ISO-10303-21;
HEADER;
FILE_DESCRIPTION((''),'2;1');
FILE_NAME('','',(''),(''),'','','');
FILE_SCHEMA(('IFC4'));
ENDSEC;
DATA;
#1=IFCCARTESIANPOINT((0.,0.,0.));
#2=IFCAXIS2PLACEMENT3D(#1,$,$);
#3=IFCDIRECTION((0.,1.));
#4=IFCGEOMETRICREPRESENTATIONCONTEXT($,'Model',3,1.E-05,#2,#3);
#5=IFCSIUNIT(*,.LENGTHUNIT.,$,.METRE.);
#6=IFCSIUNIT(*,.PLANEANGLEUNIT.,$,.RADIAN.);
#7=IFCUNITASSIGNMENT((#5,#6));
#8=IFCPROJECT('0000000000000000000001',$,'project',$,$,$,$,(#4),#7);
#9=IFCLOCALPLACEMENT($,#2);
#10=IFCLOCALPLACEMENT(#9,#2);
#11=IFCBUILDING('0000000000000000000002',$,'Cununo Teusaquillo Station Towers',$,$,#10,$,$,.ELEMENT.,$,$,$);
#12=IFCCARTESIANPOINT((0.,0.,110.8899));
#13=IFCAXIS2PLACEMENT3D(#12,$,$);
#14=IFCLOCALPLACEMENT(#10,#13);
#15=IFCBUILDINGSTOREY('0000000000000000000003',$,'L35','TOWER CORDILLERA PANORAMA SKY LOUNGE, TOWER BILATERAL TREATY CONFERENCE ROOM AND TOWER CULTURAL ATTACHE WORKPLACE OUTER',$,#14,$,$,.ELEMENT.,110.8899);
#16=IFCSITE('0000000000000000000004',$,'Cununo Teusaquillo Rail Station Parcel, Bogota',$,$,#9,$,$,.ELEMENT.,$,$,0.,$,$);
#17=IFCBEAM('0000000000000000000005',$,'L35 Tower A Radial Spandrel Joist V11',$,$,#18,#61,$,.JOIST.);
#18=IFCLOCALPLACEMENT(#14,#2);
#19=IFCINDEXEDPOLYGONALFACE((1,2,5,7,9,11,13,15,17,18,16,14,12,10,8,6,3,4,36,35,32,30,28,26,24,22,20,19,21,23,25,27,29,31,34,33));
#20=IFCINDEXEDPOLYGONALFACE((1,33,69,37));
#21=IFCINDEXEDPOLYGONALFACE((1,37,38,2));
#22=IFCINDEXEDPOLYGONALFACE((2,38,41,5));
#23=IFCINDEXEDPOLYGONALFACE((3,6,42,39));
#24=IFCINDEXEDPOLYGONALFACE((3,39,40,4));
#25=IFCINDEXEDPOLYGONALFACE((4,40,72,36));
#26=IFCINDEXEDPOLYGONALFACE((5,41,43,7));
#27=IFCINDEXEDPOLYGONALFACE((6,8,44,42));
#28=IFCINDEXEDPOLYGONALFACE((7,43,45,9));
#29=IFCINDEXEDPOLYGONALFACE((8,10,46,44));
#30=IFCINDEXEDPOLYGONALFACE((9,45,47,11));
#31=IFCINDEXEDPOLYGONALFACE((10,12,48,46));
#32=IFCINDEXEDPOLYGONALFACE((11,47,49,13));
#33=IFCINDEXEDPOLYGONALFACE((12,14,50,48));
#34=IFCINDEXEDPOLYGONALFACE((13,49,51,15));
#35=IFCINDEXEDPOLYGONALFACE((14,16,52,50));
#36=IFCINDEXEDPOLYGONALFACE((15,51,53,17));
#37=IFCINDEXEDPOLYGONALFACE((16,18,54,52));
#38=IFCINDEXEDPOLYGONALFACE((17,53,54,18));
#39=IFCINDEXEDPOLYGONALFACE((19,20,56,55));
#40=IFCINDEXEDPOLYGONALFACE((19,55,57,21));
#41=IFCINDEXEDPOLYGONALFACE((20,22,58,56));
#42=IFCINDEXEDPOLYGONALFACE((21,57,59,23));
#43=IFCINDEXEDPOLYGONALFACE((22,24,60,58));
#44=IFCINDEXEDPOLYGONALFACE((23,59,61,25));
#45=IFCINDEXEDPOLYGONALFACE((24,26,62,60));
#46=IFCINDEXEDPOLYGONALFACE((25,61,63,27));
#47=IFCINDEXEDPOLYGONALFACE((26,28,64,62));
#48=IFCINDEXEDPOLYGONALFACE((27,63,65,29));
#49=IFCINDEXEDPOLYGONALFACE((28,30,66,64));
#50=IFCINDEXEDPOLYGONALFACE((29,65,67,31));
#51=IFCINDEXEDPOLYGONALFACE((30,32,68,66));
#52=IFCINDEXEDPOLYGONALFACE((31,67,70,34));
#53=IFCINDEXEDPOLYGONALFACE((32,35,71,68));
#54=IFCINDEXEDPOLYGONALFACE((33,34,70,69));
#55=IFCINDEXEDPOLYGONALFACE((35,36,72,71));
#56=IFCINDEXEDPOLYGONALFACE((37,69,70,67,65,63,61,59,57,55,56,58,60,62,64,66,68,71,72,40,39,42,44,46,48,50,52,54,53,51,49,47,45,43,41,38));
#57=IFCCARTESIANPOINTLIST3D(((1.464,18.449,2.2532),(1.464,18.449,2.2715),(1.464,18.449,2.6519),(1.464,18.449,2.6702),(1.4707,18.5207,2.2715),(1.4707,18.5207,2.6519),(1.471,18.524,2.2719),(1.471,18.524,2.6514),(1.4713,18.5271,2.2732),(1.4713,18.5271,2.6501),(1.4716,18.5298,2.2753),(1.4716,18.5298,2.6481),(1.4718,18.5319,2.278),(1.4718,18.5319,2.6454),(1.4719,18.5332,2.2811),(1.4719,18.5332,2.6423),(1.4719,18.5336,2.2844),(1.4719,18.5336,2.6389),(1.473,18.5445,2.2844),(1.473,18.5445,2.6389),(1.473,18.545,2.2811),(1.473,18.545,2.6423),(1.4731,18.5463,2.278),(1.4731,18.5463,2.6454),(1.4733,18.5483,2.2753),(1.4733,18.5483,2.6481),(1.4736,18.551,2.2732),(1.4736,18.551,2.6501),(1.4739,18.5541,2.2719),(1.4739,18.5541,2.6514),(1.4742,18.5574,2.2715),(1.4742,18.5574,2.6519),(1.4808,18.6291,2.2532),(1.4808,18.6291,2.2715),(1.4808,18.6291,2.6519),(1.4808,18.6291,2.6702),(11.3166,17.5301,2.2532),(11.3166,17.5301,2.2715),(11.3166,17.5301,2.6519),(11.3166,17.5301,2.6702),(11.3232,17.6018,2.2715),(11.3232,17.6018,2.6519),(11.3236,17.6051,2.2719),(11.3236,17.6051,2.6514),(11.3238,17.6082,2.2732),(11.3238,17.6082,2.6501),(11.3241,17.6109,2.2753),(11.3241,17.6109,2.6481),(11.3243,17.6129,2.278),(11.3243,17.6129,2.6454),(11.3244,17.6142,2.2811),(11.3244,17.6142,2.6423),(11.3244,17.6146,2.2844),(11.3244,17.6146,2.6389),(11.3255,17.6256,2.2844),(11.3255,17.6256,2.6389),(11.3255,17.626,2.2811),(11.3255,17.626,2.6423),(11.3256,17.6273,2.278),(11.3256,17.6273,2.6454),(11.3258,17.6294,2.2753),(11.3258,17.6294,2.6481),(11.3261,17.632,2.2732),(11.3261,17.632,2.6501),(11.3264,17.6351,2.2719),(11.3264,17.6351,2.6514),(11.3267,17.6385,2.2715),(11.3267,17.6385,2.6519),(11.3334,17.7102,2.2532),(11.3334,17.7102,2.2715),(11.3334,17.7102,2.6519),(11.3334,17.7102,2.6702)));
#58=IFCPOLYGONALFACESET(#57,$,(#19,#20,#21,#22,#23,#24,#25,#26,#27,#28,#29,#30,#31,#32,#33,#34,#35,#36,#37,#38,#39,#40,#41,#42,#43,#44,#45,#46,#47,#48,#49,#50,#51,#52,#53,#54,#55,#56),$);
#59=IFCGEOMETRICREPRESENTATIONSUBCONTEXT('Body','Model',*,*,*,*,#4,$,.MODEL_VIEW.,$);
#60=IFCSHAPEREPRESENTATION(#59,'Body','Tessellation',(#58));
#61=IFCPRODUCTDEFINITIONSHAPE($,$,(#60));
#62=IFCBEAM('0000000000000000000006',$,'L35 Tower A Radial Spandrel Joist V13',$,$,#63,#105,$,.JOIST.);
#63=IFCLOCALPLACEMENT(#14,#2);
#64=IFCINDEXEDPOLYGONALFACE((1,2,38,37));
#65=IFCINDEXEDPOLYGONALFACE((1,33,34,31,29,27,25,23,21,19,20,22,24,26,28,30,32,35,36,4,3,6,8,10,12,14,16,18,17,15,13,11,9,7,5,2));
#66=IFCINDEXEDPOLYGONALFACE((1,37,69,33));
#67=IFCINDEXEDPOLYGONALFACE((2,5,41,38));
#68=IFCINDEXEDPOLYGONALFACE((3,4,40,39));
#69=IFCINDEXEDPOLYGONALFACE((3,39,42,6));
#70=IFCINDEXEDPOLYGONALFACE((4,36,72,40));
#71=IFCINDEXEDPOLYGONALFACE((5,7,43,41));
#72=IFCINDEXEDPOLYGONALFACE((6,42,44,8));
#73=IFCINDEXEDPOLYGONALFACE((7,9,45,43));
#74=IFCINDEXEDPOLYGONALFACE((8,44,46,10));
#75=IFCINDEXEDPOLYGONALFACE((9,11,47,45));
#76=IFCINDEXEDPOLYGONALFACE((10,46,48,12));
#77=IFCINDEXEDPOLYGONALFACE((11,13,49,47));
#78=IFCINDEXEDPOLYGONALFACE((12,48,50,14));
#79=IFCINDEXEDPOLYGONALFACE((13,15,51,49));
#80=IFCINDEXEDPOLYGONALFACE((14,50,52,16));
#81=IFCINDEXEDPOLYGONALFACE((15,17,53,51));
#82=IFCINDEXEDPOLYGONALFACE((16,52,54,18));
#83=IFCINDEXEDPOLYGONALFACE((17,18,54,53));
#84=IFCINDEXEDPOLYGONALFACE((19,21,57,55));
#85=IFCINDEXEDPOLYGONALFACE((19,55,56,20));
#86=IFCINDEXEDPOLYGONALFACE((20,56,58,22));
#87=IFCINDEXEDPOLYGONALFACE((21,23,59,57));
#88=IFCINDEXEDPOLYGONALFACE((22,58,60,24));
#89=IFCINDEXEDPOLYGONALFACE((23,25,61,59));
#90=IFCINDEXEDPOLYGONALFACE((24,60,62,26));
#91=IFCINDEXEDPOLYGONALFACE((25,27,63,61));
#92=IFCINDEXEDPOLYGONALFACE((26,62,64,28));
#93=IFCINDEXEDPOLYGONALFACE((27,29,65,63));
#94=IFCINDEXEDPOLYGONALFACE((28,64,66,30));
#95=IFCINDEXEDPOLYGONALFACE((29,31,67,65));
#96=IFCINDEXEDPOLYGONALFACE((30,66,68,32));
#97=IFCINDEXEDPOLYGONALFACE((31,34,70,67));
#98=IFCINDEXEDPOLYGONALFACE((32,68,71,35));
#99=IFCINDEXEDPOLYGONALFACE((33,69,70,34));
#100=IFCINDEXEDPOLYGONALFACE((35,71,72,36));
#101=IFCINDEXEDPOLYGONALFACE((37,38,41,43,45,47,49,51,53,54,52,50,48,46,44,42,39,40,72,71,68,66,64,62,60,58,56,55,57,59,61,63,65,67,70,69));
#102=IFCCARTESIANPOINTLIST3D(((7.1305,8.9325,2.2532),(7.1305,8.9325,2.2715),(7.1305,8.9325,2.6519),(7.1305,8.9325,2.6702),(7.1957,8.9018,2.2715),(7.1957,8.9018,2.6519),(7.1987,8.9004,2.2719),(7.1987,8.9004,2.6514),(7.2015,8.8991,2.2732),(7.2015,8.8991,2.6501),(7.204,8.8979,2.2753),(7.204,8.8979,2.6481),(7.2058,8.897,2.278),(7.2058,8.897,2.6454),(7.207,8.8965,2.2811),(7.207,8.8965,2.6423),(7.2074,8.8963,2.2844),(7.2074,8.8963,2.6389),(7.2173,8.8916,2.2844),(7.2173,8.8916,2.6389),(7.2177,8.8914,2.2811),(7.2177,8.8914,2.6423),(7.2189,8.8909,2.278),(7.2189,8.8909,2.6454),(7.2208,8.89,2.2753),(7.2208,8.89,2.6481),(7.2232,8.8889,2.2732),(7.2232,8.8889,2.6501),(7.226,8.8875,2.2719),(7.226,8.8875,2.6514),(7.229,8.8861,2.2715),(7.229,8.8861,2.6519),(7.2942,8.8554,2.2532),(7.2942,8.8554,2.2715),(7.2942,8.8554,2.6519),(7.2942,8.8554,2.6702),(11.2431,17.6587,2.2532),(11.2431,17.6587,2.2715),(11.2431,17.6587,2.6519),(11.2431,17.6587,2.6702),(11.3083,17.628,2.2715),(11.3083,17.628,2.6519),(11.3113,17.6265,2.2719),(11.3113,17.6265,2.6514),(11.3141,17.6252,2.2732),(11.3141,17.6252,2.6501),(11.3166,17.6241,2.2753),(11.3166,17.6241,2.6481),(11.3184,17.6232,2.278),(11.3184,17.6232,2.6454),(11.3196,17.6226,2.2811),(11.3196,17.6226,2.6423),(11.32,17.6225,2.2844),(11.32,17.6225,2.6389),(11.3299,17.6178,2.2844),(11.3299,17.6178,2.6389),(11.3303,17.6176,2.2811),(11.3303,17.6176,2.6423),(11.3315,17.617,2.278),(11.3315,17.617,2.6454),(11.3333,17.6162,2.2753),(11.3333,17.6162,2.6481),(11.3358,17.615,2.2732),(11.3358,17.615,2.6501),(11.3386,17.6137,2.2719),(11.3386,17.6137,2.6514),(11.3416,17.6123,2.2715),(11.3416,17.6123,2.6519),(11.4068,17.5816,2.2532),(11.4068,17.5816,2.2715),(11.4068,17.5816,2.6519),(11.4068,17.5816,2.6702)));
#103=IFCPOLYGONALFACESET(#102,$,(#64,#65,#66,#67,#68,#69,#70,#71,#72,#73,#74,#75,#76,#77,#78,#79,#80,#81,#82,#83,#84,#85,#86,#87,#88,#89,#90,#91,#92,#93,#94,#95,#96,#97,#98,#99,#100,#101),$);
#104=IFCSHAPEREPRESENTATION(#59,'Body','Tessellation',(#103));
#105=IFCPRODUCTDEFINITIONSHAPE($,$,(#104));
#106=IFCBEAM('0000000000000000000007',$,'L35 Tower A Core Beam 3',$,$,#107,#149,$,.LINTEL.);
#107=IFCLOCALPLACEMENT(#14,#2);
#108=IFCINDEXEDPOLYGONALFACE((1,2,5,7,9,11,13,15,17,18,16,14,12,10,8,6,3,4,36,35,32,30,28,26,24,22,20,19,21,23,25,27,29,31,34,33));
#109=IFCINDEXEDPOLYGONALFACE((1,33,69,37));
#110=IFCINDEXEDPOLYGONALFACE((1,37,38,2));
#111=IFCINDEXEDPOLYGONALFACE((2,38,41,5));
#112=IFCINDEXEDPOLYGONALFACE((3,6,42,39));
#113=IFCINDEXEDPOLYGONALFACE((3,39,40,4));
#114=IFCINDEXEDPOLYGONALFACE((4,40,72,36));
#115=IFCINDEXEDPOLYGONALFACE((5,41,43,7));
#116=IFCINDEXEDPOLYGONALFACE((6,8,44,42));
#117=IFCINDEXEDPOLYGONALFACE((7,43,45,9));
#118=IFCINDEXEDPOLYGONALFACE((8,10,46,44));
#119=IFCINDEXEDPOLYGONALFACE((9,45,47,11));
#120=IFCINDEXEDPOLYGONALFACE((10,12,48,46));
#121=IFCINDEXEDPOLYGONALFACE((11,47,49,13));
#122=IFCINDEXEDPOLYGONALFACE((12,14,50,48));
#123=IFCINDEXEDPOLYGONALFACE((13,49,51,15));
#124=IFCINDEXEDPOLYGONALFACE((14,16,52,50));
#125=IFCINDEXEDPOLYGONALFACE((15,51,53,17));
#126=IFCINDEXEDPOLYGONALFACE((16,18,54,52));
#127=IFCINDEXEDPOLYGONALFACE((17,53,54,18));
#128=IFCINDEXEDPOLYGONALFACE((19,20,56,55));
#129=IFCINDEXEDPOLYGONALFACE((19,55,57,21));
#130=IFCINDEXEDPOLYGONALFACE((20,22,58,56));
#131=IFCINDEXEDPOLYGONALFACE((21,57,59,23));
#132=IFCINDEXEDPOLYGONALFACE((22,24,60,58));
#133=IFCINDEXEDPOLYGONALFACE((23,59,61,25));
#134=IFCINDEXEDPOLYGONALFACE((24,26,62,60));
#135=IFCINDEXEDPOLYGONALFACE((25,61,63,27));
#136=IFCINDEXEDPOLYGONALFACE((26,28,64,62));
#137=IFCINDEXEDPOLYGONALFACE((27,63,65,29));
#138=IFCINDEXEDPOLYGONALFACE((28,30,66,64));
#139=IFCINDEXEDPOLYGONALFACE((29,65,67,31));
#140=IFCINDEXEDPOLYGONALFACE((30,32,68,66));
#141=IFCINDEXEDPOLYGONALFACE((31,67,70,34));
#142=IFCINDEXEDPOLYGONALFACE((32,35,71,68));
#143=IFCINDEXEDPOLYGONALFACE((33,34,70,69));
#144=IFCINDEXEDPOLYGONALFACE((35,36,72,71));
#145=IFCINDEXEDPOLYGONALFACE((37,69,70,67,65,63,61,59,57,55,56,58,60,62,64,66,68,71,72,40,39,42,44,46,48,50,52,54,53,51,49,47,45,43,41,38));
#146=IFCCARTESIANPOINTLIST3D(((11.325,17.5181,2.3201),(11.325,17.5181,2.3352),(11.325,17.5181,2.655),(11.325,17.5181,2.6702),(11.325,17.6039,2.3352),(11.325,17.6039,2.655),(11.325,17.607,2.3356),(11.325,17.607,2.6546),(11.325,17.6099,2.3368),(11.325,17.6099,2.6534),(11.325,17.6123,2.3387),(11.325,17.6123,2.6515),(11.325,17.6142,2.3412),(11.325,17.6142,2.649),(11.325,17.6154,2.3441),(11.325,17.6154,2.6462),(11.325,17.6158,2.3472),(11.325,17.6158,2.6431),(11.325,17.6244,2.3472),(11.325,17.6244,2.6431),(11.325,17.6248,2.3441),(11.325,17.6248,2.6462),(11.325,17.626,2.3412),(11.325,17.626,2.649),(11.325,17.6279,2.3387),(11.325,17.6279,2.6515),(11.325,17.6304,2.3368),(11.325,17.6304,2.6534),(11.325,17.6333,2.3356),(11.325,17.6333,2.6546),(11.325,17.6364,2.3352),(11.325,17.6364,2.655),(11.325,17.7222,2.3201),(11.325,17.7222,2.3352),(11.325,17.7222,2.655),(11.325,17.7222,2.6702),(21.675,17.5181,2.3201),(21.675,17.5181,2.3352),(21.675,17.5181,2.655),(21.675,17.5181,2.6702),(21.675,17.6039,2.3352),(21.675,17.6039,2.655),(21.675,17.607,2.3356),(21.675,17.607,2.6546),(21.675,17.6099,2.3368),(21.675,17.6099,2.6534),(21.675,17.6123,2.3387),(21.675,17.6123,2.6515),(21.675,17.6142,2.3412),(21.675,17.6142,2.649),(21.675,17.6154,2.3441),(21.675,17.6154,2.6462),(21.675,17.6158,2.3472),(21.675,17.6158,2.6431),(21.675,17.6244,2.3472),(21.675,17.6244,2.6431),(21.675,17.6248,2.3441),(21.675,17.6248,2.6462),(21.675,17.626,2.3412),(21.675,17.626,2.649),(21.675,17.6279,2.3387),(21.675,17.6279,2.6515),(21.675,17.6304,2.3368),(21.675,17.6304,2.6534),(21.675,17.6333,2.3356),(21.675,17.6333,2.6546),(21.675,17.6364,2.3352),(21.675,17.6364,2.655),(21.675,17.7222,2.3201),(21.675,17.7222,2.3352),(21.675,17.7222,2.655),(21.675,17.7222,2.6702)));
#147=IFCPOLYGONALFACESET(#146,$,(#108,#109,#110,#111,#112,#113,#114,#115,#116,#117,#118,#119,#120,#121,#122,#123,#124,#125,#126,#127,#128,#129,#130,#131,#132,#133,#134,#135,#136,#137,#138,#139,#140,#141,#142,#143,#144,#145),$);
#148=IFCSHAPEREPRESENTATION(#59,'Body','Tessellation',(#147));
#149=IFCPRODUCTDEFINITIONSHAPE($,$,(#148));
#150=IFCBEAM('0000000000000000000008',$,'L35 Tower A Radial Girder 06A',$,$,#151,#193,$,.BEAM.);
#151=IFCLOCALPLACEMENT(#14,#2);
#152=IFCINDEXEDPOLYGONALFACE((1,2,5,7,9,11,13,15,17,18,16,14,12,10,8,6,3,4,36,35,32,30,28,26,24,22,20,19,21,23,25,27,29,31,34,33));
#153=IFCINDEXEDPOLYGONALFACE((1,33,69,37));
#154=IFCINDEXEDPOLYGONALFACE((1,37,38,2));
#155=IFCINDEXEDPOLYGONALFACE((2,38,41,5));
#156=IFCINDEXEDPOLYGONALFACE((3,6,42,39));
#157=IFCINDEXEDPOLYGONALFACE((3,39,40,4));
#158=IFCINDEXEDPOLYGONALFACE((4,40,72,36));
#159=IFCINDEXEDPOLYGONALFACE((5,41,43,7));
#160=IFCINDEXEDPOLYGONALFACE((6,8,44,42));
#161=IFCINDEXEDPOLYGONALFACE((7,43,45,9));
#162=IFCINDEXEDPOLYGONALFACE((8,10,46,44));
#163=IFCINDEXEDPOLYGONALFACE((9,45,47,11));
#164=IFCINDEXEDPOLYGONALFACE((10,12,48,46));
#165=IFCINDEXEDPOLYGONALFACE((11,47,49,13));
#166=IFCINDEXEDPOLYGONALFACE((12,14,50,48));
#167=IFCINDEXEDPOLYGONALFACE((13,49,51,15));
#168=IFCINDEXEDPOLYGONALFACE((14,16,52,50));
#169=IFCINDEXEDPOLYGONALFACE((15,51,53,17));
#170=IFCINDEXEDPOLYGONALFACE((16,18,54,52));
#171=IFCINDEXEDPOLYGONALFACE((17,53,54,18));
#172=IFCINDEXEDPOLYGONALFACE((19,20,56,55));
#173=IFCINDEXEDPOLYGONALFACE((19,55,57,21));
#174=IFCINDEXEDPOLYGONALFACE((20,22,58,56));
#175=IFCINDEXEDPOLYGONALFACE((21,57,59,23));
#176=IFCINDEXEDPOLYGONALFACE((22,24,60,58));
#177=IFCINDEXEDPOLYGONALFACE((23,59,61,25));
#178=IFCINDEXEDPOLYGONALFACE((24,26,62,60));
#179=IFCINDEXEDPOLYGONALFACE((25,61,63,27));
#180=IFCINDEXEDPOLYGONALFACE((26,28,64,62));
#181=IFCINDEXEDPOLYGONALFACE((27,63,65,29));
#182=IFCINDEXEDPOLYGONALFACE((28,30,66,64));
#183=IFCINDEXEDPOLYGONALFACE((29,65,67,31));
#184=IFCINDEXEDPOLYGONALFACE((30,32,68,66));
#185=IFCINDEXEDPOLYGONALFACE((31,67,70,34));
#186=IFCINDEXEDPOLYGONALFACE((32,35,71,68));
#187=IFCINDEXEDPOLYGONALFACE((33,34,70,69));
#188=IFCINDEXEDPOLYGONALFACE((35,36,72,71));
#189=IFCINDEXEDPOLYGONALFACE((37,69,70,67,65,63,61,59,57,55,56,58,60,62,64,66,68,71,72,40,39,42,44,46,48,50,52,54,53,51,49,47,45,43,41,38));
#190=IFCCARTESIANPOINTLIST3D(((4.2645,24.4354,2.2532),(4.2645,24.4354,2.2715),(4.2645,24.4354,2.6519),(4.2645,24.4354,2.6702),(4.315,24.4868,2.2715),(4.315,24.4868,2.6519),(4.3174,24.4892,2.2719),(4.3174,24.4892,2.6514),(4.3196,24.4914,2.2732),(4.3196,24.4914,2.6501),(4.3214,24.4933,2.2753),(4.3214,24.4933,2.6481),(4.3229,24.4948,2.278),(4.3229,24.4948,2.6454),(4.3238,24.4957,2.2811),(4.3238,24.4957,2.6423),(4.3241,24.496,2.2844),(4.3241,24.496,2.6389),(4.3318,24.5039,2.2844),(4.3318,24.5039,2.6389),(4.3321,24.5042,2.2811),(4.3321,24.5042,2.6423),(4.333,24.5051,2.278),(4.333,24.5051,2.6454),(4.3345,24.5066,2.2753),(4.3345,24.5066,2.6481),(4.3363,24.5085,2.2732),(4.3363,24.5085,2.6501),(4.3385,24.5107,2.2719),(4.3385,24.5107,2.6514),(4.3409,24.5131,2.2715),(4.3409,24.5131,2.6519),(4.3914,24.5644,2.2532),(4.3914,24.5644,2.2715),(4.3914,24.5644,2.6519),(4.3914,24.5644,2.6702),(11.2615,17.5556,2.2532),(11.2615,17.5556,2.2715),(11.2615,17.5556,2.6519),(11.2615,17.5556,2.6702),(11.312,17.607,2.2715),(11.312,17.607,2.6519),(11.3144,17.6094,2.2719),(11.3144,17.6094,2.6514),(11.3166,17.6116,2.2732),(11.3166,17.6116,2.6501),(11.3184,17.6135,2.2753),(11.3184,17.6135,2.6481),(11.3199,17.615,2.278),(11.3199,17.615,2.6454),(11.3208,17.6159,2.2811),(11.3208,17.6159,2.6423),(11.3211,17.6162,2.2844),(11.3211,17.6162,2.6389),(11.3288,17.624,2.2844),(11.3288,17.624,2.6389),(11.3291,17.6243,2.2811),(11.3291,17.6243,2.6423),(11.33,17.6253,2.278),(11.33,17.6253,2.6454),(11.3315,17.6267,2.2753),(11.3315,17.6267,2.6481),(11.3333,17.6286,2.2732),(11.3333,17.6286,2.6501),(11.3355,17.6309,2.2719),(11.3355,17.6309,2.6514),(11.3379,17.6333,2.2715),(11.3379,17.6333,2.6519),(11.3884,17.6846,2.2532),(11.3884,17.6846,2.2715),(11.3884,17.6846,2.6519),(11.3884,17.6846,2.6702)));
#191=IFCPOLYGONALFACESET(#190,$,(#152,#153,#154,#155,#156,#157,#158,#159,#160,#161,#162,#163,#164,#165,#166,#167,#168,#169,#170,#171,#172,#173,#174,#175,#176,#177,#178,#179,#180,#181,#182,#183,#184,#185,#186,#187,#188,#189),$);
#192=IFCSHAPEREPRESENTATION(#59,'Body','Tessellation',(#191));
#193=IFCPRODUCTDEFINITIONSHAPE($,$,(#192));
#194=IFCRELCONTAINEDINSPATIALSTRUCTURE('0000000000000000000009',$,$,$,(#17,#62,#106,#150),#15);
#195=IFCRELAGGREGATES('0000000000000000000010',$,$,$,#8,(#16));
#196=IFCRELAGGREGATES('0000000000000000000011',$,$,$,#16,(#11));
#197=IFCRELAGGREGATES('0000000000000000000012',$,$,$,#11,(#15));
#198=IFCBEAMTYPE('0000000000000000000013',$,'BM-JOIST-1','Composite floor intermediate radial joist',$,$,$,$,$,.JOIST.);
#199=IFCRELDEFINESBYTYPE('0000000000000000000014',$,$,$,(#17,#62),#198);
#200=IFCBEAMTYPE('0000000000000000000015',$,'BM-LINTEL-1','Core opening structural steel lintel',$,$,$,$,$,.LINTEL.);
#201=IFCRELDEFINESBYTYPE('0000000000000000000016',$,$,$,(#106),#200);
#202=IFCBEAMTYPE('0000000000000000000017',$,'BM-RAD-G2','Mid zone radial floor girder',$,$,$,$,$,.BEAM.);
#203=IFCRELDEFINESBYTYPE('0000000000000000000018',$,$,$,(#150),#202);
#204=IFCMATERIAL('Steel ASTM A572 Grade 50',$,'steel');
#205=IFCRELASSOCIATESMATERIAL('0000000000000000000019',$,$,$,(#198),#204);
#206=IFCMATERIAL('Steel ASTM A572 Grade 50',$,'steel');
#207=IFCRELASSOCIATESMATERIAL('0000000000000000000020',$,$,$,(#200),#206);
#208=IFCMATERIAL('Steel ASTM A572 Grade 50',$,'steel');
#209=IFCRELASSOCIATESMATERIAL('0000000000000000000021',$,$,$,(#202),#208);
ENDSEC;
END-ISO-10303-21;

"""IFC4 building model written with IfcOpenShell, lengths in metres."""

from ifc_helpers import new_model, si_unit, direction, frame, origin, origin_2d, place, context, subcontext, project, spatial, i_section, extrude, material, material_profile, profile_set, type_object, element, save


model = new_model("IFC4")

# Units and contexts
model_context = context("Model", 3, precision=1e-05, world=origin(), true_north=direction((0.0, 1.0)))
body_context = subcontext(model_context, "Body", "Model", "MODEL_VIEW")
ifc_project = project(units=[si_unit("LENGTHUNIT", "METRE"), si_unit("PLANEANGLEUNIT", "RADIAN")], contexts=[model_context])

# Site, building, storey
site_placement = place(None, origin())
site = spatial("IfcSite", under=ifc_project, at=site_placement, Name="Cununo Teusaquillo Rail Station Parcel, Bogota", CompositionType="ELEMENT", RefElevation=0.0)
building_placement = place(site_placement, origin())
building = spatial("IfcBuilding", under=site, at=building_placement, Name="Cununo Teusaquillo Station Towers", CompositionType="ELEMENT")
storey_placement = place(building_placement, frame((0.0, 0.0, 110.8899)))
storey = spatial("IfcBuildingStorey", under=building, at=storey_placement, Name="L35", Description="TOWER CORDILLERA PANORAMA SKY LOUNGE, TOWER BILATERAL TREATY CONFERENCE ROOM AND TOWER CULTURAL ATTACHE WORKPLACE OUTER", CompositionType="ELEMENT", Elevation=110.8899)

# Beams
ifc_material_1 = material(Name="Steel ASTM A572 Grade 50", Category="steel")
ifc_material_profile_1 = material_profile(ifc_material_1, i_section(OverallWidth=0.1809, OverallDepth=0.417, WebThickness=0.011, FlangeThickness=0.0183, FilletRadius=0.0129, at=origin_2d()), Name="W16X57")
ifc_profile_set_1 = profile_set([ifc_material_profile_1], Name="Steel ASTM A572 Grade 50")
beam_type_1 = type_object("IfcBeamType", Name="BM-JOIST-1", Description="Composite floor intermediate radial joist", PredefinedType="JOIST", material=ifc_profile_set_1)
beam_1_placement = place(storey_placement, frame((11.325, 17.6201, 2.4617), z_axis=(-0.995679, 0.092867, 0.0), x_axis=(-0.092867, -0.995679, 0.0)))
element("IfcBeam", 1, at=beam_1_placement, inside=storey, type_object=beam_type_1, Name="L35 Tower A Radial Spandrel Joist V11", PredefinedType="JOIST", context=body_context, shape_type="SweptSolid", body=[
    extrude(i_section(OverallWidth=0.1809, OverallDepth=0.417, WebThickness=0.011, FlangeThickness=0.0183, FilletRadius=0.0129, at=origin_2d()), origin(), (0.0, 0.0, 1.0), 9.8953),
])
beam_2_placement = place(storey_placement, frame((11.325, 17.6201, 2.4617), z_axis=(-0.42632, -0.904572, 0.0), x_axis=(0.904572, -0.42632, 0.0)))
element("IfcBeam", 2, at=beam_2_placement, inside=storey, type_object=beam_type_1, Name="L35 Tower A Radial Spandrel Joist V13", PredefinedType="JOIST", context=body_context, shape_type="SweptSolid", body=[
    extrude(i_section(OverallWidth=0.1809, OverallDepth=0.417, WebThickness=0.011, FlangeThickness=0.0183, FilletRadius=0.0129, at=origin_2d()), origin(), (0.0, 0.0, 1.0), 9.6467),
])
ifc_material_2 = material(Name="Steel ASTM A572 Grade 50", Category="steel")
ifc_material_profile_2 = material_profile(ifc_material_2, i_section(OverallWidth=0.2041, OverallDepth=0.3501, WebThickness=0.0085, FlangeThickness=0.0151, FilletRadius=0.012, at=origin_2d()), Name="W14X48")
ifc_profile_set_2 = profile_set([ifc_material_profile_2], Name="Steel ASTM A572 Grade 50")
beam_type_2 = type_object("IfcBeamType", Name="BM-LINTEL-1", Description="Core opening structural steel lintel", PredefinedType="LINTEL", material=ifc_profile_set_2)
beam_3_placement = place(storey_placement, frame((11.325, 17.6201, 2.4951), z_axis=(1.0, 0.0, 0.0), x_axis=(0.0, 1.0, 0.0)))
element("IfcBeam", 3, at=beam_3_placement, inside=storey, type_object=beam_type_2, Name="L35 Tower A Core Beam 3", PredefinedType="LINTEL", context=body_context, shape_type="SweptSolid", body=[
    extrude(i_section(OverallWidth=0.2041, OverallDepth=0.3501, WebThickness=0.0085, FlangeThickness=0.0151, FilletRadius=0.012, at=origin_2d()), origin(), (0.0, 0.0, 1.0), 10.3501),
])
ifc_material_3 = material(Name="Steel ASTM A572 Grade 50", Category="steel")
ifc_material_profile_3 = material_profile(ifc_material_3, i_section(OverallWidth=0.1809, OverallDepth=0.417, WebThickness=0.011, FlangeThickness=0.0183, FilletRadius=0.0129, at=origin_2d()), Name="W16X57")
ifc_profile_set_3 = profile_set([ifc_material_profile_3], Name="Steel ASTM A572 Grade 50")
beam_type_3 = type_object("IfcBeamType", Name="BM-RAD-G2", Description="Mid zone radial floor girder", PredefinedType="BEAM", material=ifc_profile_set_3)
beam_4_placement = place(storey_placement, frame((11.325, 17.6201, 2.4617), z_axis=(-0.713053, 0.70111, 0.0), x_axis=(-0.70111, -0.713053, 0.0)))
element("IfcBeam", 4, at=beam_4_placement, inside=storey, type_object=beam_type_3, Name="L35 Tower A Radial Girder 06A", PredefinedType="BEAM", context=body_context, shape_type="SweptSolid", body=[
    extrude(i_section(OverallWidth=0.1809, OverallDepth=0.417, WebThickness=0.011, FlangeThickness=0.0183, FilletRadius=0.0129, at=origin_2d()), origin(), (0.0, 0.0, 1.0), 9.8127),
])

save(model, "model.ifc")
